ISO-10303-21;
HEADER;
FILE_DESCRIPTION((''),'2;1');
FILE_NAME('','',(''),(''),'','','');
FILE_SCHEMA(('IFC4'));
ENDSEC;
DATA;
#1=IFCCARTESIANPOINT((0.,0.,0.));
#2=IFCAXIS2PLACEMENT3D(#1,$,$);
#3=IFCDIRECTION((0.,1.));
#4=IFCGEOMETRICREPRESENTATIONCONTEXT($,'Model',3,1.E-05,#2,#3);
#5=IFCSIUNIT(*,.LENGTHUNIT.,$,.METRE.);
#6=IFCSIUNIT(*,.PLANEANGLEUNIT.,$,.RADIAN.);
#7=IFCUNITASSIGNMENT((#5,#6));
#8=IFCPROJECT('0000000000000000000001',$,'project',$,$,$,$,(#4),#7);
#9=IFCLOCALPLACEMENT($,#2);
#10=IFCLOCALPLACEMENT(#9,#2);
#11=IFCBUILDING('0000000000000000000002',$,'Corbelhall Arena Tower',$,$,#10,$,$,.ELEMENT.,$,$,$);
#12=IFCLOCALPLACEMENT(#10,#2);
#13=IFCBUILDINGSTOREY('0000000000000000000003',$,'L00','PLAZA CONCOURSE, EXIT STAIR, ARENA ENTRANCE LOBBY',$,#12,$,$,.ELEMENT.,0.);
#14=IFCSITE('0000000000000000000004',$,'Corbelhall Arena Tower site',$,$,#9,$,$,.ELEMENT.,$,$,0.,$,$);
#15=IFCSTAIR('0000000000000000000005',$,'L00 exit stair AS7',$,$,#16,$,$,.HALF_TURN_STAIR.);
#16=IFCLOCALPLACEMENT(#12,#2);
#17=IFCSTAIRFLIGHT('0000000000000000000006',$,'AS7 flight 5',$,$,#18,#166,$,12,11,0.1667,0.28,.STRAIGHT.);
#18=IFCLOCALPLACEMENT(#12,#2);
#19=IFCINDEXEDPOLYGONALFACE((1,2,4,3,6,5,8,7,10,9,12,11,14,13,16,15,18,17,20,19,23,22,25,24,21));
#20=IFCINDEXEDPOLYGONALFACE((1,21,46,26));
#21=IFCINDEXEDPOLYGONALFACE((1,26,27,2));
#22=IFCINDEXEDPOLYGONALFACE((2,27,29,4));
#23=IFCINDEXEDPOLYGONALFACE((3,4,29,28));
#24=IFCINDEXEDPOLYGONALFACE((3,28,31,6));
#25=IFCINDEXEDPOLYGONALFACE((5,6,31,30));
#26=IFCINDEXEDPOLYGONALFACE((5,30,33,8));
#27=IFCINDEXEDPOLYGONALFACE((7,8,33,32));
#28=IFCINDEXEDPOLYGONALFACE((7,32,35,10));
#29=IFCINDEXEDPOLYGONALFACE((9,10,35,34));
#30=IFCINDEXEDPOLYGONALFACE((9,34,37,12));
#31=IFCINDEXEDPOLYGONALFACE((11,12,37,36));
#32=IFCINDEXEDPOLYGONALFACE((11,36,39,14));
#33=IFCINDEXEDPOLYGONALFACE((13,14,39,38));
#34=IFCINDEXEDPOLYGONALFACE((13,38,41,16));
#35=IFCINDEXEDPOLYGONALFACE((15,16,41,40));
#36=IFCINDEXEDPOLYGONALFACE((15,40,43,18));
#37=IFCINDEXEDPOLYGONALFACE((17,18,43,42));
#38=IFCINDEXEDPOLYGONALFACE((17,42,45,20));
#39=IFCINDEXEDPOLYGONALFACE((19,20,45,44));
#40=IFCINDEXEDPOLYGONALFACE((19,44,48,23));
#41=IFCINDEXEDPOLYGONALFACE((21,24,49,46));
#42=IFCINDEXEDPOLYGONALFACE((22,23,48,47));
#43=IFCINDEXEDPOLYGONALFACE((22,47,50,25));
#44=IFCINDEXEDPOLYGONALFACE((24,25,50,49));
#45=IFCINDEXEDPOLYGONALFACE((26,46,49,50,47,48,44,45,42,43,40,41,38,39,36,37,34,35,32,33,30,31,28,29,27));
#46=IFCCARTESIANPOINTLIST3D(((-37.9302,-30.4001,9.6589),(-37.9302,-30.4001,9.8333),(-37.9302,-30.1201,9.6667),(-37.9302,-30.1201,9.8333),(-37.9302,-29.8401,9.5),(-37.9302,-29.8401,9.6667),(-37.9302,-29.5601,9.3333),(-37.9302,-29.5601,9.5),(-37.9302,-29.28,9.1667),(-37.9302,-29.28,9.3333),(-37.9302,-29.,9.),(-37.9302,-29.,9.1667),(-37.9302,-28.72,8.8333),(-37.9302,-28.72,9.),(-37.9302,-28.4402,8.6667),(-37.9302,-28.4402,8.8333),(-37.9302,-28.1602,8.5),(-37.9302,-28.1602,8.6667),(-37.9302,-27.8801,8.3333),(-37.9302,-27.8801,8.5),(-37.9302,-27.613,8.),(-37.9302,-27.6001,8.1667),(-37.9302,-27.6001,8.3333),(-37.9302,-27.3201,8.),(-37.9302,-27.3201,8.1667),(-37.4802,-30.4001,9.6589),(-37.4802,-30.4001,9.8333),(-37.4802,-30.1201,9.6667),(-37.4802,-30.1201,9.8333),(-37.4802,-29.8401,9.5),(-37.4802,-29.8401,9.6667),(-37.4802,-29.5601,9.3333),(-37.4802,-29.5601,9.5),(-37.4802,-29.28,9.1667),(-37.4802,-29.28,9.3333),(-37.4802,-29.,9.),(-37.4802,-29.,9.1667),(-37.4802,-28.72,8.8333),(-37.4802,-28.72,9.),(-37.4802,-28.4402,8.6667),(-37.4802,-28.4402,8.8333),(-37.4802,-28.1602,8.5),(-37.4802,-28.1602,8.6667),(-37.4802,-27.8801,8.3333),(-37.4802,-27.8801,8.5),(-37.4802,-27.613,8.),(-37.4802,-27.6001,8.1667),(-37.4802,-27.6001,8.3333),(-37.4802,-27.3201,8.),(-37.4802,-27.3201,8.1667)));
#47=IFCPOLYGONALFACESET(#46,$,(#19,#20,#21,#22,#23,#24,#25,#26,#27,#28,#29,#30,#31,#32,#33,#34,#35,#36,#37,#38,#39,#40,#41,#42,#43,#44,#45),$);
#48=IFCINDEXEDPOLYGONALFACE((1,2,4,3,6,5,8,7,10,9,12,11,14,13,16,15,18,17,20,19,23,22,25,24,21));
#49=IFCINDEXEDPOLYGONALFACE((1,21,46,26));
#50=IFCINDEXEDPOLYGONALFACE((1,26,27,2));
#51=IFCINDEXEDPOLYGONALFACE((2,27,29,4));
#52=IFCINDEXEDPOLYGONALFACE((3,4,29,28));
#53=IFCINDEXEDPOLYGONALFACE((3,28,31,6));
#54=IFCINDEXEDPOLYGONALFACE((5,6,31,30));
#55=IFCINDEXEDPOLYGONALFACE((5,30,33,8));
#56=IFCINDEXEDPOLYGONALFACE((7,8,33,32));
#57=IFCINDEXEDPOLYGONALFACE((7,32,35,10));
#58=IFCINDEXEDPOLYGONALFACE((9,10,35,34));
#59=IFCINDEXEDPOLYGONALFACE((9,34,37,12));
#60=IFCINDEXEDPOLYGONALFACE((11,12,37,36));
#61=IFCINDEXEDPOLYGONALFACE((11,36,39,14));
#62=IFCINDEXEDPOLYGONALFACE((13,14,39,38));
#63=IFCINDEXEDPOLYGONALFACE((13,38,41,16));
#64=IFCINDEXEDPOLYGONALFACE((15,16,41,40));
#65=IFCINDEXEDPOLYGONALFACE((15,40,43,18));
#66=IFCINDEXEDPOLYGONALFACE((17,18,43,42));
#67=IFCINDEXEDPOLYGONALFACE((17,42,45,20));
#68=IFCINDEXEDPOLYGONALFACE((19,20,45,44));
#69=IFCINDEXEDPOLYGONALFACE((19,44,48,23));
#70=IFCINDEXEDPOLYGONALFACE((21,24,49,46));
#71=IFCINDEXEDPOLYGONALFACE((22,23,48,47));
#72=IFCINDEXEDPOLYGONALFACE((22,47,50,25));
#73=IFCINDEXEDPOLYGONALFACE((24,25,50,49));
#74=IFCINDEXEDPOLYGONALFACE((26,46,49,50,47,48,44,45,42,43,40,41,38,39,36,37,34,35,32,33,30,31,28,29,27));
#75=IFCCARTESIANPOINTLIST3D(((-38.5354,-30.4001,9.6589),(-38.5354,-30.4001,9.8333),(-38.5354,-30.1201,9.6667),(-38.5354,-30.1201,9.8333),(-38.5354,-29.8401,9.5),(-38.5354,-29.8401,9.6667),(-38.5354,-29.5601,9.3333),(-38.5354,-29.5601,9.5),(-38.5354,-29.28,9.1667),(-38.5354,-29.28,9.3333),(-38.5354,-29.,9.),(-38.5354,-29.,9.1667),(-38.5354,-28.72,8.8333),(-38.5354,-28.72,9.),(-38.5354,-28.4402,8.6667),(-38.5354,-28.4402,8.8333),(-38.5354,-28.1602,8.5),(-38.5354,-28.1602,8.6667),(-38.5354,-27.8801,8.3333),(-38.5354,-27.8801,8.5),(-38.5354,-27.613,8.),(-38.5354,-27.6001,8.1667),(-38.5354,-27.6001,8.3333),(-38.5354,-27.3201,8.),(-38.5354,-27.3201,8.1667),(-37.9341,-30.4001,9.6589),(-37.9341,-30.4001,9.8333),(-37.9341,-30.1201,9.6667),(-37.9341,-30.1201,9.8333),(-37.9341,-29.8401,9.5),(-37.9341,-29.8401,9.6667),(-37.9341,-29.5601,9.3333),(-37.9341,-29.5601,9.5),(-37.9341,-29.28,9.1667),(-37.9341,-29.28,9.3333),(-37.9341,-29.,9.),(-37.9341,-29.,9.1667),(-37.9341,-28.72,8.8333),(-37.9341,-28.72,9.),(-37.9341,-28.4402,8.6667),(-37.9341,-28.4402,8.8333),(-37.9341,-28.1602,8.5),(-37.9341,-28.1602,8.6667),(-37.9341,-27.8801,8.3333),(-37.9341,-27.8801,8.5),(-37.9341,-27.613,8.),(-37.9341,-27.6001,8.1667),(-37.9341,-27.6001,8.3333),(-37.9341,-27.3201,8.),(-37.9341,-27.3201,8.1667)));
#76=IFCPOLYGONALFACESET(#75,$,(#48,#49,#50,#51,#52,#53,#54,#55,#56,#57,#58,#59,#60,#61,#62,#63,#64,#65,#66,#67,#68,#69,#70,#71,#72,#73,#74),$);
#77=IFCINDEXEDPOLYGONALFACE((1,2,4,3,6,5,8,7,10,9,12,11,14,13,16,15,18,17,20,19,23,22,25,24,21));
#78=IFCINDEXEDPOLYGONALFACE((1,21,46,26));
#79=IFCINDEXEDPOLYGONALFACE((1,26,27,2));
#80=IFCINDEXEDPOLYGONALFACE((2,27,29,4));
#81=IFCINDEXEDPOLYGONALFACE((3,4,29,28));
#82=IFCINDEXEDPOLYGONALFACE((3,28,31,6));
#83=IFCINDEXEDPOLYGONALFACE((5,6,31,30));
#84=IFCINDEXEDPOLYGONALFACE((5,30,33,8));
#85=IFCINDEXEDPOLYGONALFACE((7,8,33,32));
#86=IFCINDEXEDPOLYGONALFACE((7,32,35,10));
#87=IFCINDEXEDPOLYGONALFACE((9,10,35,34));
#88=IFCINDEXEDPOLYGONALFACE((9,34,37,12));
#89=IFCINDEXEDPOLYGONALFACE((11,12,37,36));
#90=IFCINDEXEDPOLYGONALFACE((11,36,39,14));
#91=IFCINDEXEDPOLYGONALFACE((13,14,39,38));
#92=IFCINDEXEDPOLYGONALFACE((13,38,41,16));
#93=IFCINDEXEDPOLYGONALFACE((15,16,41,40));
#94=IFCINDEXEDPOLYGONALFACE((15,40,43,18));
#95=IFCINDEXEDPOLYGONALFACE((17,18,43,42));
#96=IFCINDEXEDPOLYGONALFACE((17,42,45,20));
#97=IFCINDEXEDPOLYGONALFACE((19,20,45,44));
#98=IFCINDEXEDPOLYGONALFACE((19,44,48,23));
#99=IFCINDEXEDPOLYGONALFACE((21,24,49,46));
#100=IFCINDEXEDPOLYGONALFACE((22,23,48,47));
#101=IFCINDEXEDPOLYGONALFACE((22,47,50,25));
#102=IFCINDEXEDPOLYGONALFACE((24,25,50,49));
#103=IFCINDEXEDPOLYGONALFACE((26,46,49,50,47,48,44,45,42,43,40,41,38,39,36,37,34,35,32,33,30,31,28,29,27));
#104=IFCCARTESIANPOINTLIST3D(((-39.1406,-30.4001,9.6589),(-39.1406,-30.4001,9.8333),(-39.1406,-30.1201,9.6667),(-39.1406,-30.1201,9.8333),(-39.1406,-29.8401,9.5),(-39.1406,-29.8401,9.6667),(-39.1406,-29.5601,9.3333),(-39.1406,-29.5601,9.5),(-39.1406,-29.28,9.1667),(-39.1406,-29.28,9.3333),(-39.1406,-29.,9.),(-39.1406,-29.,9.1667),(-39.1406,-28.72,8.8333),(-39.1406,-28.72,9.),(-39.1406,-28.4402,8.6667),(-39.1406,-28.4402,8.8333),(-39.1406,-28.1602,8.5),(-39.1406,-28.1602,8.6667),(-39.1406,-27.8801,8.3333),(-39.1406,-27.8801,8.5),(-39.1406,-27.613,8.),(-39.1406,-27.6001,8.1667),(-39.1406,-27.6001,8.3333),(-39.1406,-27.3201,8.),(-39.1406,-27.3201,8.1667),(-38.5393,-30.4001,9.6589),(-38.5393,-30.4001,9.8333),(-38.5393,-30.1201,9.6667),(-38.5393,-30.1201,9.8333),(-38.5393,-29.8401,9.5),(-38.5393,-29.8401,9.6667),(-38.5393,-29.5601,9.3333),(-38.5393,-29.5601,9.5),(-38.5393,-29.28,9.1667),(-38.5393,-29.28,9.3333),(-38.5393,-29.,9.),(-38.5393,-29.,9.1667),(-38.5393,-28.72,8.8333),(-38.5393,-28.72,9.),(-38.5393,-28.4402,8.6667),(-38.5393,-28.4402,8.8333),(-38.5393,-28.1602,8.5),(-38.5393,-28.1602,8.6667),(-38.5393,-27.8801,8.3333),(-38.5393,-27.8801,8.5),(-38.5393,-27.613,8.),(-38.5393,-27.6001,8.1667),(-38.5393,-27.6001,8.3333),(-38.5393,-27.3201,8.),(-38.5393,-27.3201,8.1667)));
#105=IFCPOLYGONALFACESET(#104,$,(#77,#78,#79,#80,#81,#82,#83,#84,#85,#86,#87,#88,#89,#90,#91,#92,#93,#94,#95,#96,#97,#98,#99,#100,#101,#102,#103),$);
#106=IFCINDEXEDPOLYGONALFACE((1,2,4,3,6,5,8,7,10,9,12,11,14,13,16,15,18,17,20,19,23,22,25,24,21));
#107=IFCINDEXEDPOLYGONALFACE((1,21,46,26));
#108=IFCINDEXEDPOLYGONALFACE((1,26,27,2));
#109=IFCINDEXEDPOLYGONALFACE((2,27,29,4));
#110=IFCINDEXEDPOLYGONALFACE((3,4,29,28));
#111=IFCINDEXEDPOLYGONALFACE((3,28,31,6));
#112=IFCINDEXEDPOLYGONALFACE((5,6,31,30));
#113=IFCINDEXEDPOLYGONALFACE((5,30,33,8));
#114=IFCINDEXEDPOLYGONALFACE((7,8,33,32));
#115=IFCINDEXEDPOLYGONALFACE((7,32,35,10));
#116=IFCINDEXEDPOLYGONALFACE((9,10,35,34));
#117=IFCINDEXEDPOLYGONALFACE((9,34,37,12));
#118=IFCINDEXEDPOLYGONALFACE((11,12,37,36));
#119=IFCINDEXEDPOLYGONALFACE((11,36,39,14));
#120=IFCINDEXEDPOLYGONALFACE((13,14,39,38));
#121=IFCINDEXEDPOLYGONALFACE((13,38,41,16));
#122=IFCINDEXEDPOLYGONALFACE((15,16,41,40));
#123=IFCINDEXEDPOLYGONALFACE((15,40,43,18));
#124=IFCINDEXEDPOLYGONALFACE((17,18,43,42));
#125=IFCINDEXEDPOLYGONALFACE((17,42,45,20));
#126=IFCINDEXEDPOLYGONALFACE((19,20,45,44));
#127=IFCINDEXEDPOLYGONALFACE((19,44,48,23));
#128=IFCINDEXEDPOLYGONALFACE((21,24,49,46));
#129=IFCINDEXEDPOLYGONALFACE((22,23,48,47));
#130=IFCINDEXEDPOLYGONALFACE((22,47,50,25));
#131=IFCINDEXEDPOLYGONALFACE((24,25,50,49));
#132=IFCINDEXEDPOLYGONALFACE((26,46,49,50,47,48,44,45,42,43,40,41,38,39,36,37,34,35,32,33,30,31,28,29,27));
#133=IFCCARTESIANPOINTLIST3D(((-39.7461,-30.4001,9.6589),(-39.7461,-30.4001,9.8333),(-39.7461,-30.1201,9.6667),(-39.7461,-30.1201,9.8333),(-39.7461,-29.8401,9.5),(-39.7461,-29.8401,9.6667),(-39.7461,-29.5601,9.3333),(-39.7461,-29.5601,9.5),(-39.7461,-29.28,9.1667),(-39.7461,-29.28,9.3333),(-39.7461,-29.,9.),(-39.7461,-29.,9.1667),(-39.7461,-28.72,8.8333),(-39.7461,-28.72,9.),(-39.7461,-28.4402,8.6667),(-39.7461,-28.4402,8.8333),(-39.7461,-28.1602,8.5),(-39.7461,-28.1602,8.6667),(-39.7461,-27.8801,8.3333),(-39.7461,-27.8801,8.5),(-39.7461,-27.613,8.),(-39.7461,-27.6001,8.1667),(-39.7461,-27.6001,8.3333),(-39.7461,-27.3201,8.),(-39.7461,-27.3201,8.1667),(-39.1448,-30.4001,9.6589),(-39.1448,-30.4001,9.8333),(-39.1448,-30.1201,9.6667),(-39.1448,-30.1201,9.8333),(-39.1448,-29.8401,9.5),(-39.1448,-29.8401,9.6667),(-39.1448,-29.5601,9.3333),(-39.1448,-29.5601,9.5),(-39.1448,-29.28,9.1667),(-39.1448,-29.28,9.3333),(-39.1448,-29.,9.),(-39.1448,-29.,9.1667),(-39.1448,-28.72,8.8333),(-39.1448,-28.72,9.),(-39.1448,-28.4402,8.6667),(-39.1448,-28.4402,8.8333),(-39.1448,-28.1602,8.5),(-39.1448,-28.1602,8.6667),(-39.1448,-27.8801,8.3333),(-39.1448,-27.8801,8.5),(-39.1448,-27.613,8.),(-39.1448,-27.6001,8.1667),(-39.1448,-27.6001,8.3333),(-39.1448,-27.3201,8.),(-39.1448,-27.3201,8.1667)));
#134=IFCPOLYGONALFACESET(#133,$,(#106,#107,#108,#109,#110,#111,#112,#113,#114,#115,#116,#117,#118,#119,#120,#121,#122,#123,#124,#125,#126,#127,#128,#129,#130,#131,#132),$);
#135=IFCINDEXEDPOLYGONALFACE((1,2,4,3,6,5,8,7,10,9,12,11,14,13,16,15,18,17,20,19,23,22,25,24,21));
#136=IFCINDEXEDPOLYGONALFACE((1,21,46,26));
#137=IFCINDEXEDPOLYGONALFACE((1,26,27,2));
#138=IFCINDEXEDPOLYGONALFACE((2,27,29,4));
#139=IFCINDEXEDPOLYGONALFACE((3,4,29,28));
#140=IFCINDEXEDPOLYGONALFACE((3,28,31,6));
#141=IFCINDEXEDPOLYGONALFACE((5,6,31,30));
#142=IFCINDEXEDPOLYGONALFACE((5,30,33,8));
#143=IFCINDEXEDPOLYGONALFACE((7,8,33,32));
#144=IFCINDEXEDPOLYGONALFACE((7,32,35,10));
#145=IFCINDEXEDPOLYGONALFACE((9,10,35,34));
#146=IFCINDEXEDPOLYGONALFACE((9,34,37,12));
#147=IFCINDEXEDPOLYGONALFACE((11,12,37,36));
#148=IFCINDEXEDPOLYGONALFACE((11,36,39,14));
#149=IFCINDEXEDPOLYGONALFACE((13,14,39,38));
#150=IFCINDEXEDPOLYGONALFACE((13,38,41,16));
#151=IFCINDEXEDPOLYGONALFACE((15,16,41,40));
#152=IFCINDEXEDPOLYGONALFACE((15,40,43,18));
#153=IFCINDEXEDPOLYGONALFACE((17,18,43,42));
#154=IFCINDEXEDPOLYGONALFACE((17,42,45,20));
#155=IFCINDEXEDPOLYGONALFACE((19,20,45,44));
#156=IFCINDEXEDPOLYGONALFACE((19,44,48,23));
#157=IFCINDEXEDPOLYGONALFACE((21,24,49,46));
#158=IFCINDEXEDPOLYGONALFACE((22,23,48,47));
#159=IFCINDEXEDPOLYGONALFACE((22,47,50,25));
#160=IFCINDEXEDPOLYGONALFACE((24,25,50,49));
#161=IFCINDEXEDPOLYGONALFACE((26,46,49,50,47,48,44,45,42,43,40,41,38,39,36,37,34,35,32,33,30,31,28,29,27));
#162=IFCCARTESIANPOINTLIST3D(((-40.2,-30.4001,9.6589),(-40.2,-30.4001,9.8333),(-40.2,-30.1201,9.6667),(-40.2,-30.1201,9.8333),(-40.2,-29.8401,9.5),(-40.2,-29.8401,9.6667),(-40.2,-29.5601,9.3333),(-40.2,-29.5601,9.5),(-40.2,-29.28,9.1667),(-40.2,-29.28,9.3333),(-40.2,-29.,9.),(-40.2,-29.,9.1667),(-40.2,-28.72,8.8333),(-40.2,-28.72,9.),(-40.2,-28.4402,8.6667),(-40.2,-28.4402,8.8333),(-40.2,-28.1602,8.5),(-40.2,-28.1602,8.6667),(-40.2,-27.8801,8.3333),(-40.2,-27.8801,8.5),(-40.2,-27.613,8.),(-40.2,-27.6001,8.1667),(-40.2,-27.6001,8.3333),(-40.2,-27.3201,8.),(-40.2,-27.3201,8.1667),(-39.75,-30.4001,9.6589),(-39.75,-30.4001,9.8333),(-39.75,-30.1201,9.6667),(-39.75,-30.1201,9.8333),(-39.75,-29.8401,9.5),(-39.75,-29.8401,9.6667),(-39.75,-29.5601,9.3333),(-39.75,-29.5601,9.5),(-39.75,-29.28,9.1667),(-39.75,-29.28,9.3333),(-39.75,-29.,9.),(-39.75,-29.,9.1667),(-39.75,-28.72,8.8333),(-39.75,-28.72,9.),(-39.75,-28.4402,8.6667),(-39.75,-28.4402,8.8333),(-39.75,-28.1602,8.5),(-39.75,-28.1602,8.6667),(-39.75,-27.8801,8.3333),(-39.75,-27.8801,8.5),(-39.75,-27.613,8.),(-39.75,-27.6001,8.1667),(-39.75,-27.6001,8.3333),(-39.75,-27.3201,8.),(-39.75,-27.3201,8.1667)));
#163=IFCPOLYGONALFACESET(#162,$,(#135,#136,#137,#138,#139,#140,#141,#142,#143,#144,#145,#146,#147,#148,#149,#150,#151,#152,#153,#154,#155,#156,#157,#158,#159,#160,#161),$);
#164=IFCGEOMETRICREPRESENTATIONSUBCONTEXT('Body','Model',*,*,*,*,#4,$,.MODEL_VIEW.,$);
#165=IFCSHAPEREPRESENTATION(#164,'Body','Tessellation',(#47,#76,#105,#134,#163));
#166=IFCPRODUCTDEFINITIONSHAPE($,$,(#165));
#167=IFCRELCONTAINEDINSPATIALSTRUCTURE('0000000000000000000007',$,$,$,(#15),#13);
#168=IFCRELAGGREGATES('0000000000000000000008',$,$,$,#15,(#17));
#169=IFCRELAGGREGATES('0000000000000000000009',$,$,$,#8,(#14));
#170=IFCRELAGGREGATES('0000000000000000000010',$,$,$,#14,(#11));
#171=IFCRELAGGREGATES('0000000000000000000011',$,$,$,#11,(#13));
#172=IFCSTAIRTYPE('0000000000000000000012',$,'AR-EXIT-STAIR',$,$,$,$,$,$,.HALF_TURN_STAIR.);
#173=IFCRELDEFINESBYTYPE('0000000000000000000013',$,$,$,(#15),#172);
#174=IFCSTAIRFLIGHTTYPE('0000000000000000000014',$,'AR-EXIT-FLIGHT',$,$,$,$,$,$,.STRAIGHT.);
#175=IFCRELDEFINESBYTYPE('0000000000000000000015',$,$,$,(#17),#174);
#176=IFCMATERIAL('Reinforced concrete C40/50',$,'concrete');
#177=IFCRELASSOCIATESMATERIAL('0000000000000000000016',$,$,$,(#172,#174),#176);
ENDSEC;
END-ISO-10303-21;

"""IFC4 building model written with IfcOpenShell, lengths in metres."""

from ifc_helpers import new_model, si_unit, direction, frame, origin, place, context, subcontext, project, spatial, polyline, outline, extrude, material, type_object, element, aggregate, save


model = new_model("IFC4")

# Units and contexts
model_context = context("Model", 3, precision=1e-05, world=origin(), true_north=direction((0.0, 1.0)))
body_context = subcontext(model_context, "Body", "Model", "MODEL_VIEW")
ifc_project = project(units=[si_unit("LENGTHUNIT", "METRE"), si_unit("PLANEANGLEUNIT", "RADIAN")], contexts=[model_context])

# Site, building, storey
site_placement = place(None, origin())
site = spatial("IfcSite", under=ifc_project, at=site_placement, Name="Corbelhall Arena Tower site", CompositionType="ELEMENT", RefElevation=0.0)
building_placement = place(site_placement, origin())
building = spatial("IfcBuilding", under=site, at=building_placement, Name="Corbelhall Arena Tower", CompositionType="ELEMENT")
storey_placement = place(building_placement, origin())
storey = spatial("IfcBuildingStorey", under=building, at=storey_placement, Name="L00", Description="PLAZA CONCOURSE, EXIT STAIR, ARENA ENTRANCE LOBBY", CompositionType="ELEMENT", Elevation=0.0)

# Stair, stair flight
ifc_material_1 = material(Name="Reinforced concrete C40/50", Category="concrete")
stair_type = type_object("IfcStairType", Name="AR-EXIT-STAIR", PredefinedType="HALF_TURN_STAIR", material=ifc_material_1)
stair_1_placement = place(storey_placement, origin())
stair_1 = element("IfcStair", 1, at=stair_1_placement, inside=storey, type_object=stair_type, Name="L00 exit stair AS7", PredefinedType="HALF_TURN_STAIR")
stair_flight_type = type_object("IfcStairFlightType", Name="AR-EXIT-FLIGHT", PredefinedType="STRAIGHT", material=ifc_material_1)
stair_flight_1_placement = place(storey_placement, frame((-38.8401, -27.3201, 8.0), z_axis=(0.0, 0.0, 1.0), x_axis=(0.0, -1.0, 0.0)))
stair_flight_1 = element("IfcStairFlight", 2, at=stair_flight_1_placement, type_object=stair_flight_type, Name="AS7 flight 5", NumberOfRisers=12, NumberOfTreads=11, PredefinedType="STRAIGHT", RiserHeight=0.1667, TreadLength=0.28, context=body_context, shape_type="SweptSolid", body=[
    extrude(outline(polyline([(0.0, 0.0), (0.0, 0.1667), (0.28, 0.1667), (0.28, 0.3333), (0.5601, 0.3333), (0.5601, 0.5), (0.8401, 0.5), (0.8401, 0.6667), (1.1201, 0.6667), (1.1201, 0.8333), (1.3999, 0.8333), (1.3999, 1.0), (1.6799, 1.0), (1.6799, 1.1667), (1.96, 1.1667), (1.96, 1.3333), (2.24, 1.3333), (2.24, 1.5), (2.52, 1.5), (2.52, 1.6667), (2.8, 1.6667), (2.8, 1.8333), (3.0801, 1.8333), (3.0801, 2.0), (3.0801, 1.6589), (0.293, 0.0), (0.0, 0.0)])), frame((0.0, 1.3599, 0.0), z_axis=(0.0, -1.0, 0.0), x_axis=(1.0, 0.0, 0.0)), (0.0, 0.0, 1.0), 0.45),
    extrude(outline(polyline([(0.0, 0.0), (0.0, 0.1667), (0.28, 0.1667), (0.28, 0.3333), (0.5601, 0.3333), (0.5601, 0.5), (0.8401, 0.5), (0.8401, 0.6667), (1.1201, 0.6667), (1.1201, 0.8333), (1.3999, 0.8333), (1.3999, 1.0), (1.6799, 1.0), (1.6799, 1.1667), (1.96, 1.1667), (1.96, 1.3333), (2.24, 1.3333), (2.24, 1.5), (2.52, 1.5), (2.52, 1.6667), (2.8, 1.6667), (2.8, 1.8333), (3.0801, 1.8333), (3.0801, 2.0), (3.0801, 1.6589), (0.293, 0.0), (0.0, 0.0)])), frame((0.0, 0.906, 0.0), z_axis=(0.0, -1.0, 0.0), x_axis=(1.0, 0.0, 0.0)), (0.0, 0.0, 1.0), 0.6013),
    extrude(outline(polyline([(0.0, 0.0), (0.0, 0.1667), (0.28, 0.1667), (0.28, 0.3333), (0.5601, 0.3333), (0.5601, 0.5), (0.8401, 0.5), (0.8401, 0.6667), (1.1201, 0.6667), (1.1201, 0.8333), (1.3999, 0.8333), (1.3999, 1.0), (1.6799, 1.0), (1.6799, 1.1667), (1.96, 1.1667), (1.96, 1.3333), (2.24, 1.3333), (2.24, 1.5), (2.52, 1.5), (2.52, 1.6667), (2.8, 1.6667), (2.8, 1.8333), (3.0801, 1.8333), (3.0801, 2.0), (3.0801, 1.6589), (0.293, 0.0), (0.0, 0.0)])), frame((0.0, 0.3008, 0.0), z_axis=(0.0, -1.0, 0.0), x_axis=(1.0, 0.0, 0.0)), (0.0, 0.0, 1.0), 0.6013),
    extrude(outline(polyline([(0.0, 0.0), (0.0, 0.1667), (0.28, 0.1667), (0.28, 0.3333), (0.5601, 0.3333), (0.5601, 0.5), (0.8401, 0.5), (0.8401, 0.6667), (1.1201, 0.6667), (1.1201, 0.8333), (1.3999, 0.8333), (1.3999, 1.0), (1.6799, 1.0), (1.6799, 1.1667), (1.96, 1.1667), (1.96, 1.3333), (2.24, 1.3333), (2.24, 1.5), (2.52, 1.5), (2.52, 1.6667), (2.8, 1.6667), (2.8, 1.8333), (3.0801, 1.8333), (3.0801, 2.0), (3.0801, 1.6589), (0.293, 0.0), (0.0, 0.0)])), frame((0.0, -0.3047, 0.0), z_axis=(0.0, -1.0, 0.0), x_axis=(1.0, 0.0, 0.0)), (0.0, 0.0, 1.0), 0.6013),
    extrude(outline(polyline([(0.0, 0.0), (0.0, 0.1667), (0.28, 0.1667), (0.28, 0.3333), (0.5601, 0.3333), (0.5601, 0.5), (0.8401, 0.5), (0.8401, 0.6667), (1.1201, 0.6667), (1.1201, 0.8333), (1.3999, 0.8333), (1.3999, 1.0), (1.6799, 1.0), (1.6799, 1.1667), (1.96, 1.1667), (1.96, 1.3333), (2.24, 1.3333), (2.24, 1.5), (2.52, 1.5), (2.52, 1.6667), (2.8, 1.6667), (2.8, 1.8333), (3.0801, 1.8333), (3.0801, 2.0), (3.0801, 1.6589), (0.293, 0.0), (0.0, 0.0)])), frame((0.0, -0.9099, 0.0), z_axis=(0.0, -1.0, 0.0), x_axis=(1.0, 0.0, 0.0)), (0.0, 0.0, 1.0), 0.45),
])
aggregate(stair_1, [stair_flight_1])

save(model, "model.ifc")
